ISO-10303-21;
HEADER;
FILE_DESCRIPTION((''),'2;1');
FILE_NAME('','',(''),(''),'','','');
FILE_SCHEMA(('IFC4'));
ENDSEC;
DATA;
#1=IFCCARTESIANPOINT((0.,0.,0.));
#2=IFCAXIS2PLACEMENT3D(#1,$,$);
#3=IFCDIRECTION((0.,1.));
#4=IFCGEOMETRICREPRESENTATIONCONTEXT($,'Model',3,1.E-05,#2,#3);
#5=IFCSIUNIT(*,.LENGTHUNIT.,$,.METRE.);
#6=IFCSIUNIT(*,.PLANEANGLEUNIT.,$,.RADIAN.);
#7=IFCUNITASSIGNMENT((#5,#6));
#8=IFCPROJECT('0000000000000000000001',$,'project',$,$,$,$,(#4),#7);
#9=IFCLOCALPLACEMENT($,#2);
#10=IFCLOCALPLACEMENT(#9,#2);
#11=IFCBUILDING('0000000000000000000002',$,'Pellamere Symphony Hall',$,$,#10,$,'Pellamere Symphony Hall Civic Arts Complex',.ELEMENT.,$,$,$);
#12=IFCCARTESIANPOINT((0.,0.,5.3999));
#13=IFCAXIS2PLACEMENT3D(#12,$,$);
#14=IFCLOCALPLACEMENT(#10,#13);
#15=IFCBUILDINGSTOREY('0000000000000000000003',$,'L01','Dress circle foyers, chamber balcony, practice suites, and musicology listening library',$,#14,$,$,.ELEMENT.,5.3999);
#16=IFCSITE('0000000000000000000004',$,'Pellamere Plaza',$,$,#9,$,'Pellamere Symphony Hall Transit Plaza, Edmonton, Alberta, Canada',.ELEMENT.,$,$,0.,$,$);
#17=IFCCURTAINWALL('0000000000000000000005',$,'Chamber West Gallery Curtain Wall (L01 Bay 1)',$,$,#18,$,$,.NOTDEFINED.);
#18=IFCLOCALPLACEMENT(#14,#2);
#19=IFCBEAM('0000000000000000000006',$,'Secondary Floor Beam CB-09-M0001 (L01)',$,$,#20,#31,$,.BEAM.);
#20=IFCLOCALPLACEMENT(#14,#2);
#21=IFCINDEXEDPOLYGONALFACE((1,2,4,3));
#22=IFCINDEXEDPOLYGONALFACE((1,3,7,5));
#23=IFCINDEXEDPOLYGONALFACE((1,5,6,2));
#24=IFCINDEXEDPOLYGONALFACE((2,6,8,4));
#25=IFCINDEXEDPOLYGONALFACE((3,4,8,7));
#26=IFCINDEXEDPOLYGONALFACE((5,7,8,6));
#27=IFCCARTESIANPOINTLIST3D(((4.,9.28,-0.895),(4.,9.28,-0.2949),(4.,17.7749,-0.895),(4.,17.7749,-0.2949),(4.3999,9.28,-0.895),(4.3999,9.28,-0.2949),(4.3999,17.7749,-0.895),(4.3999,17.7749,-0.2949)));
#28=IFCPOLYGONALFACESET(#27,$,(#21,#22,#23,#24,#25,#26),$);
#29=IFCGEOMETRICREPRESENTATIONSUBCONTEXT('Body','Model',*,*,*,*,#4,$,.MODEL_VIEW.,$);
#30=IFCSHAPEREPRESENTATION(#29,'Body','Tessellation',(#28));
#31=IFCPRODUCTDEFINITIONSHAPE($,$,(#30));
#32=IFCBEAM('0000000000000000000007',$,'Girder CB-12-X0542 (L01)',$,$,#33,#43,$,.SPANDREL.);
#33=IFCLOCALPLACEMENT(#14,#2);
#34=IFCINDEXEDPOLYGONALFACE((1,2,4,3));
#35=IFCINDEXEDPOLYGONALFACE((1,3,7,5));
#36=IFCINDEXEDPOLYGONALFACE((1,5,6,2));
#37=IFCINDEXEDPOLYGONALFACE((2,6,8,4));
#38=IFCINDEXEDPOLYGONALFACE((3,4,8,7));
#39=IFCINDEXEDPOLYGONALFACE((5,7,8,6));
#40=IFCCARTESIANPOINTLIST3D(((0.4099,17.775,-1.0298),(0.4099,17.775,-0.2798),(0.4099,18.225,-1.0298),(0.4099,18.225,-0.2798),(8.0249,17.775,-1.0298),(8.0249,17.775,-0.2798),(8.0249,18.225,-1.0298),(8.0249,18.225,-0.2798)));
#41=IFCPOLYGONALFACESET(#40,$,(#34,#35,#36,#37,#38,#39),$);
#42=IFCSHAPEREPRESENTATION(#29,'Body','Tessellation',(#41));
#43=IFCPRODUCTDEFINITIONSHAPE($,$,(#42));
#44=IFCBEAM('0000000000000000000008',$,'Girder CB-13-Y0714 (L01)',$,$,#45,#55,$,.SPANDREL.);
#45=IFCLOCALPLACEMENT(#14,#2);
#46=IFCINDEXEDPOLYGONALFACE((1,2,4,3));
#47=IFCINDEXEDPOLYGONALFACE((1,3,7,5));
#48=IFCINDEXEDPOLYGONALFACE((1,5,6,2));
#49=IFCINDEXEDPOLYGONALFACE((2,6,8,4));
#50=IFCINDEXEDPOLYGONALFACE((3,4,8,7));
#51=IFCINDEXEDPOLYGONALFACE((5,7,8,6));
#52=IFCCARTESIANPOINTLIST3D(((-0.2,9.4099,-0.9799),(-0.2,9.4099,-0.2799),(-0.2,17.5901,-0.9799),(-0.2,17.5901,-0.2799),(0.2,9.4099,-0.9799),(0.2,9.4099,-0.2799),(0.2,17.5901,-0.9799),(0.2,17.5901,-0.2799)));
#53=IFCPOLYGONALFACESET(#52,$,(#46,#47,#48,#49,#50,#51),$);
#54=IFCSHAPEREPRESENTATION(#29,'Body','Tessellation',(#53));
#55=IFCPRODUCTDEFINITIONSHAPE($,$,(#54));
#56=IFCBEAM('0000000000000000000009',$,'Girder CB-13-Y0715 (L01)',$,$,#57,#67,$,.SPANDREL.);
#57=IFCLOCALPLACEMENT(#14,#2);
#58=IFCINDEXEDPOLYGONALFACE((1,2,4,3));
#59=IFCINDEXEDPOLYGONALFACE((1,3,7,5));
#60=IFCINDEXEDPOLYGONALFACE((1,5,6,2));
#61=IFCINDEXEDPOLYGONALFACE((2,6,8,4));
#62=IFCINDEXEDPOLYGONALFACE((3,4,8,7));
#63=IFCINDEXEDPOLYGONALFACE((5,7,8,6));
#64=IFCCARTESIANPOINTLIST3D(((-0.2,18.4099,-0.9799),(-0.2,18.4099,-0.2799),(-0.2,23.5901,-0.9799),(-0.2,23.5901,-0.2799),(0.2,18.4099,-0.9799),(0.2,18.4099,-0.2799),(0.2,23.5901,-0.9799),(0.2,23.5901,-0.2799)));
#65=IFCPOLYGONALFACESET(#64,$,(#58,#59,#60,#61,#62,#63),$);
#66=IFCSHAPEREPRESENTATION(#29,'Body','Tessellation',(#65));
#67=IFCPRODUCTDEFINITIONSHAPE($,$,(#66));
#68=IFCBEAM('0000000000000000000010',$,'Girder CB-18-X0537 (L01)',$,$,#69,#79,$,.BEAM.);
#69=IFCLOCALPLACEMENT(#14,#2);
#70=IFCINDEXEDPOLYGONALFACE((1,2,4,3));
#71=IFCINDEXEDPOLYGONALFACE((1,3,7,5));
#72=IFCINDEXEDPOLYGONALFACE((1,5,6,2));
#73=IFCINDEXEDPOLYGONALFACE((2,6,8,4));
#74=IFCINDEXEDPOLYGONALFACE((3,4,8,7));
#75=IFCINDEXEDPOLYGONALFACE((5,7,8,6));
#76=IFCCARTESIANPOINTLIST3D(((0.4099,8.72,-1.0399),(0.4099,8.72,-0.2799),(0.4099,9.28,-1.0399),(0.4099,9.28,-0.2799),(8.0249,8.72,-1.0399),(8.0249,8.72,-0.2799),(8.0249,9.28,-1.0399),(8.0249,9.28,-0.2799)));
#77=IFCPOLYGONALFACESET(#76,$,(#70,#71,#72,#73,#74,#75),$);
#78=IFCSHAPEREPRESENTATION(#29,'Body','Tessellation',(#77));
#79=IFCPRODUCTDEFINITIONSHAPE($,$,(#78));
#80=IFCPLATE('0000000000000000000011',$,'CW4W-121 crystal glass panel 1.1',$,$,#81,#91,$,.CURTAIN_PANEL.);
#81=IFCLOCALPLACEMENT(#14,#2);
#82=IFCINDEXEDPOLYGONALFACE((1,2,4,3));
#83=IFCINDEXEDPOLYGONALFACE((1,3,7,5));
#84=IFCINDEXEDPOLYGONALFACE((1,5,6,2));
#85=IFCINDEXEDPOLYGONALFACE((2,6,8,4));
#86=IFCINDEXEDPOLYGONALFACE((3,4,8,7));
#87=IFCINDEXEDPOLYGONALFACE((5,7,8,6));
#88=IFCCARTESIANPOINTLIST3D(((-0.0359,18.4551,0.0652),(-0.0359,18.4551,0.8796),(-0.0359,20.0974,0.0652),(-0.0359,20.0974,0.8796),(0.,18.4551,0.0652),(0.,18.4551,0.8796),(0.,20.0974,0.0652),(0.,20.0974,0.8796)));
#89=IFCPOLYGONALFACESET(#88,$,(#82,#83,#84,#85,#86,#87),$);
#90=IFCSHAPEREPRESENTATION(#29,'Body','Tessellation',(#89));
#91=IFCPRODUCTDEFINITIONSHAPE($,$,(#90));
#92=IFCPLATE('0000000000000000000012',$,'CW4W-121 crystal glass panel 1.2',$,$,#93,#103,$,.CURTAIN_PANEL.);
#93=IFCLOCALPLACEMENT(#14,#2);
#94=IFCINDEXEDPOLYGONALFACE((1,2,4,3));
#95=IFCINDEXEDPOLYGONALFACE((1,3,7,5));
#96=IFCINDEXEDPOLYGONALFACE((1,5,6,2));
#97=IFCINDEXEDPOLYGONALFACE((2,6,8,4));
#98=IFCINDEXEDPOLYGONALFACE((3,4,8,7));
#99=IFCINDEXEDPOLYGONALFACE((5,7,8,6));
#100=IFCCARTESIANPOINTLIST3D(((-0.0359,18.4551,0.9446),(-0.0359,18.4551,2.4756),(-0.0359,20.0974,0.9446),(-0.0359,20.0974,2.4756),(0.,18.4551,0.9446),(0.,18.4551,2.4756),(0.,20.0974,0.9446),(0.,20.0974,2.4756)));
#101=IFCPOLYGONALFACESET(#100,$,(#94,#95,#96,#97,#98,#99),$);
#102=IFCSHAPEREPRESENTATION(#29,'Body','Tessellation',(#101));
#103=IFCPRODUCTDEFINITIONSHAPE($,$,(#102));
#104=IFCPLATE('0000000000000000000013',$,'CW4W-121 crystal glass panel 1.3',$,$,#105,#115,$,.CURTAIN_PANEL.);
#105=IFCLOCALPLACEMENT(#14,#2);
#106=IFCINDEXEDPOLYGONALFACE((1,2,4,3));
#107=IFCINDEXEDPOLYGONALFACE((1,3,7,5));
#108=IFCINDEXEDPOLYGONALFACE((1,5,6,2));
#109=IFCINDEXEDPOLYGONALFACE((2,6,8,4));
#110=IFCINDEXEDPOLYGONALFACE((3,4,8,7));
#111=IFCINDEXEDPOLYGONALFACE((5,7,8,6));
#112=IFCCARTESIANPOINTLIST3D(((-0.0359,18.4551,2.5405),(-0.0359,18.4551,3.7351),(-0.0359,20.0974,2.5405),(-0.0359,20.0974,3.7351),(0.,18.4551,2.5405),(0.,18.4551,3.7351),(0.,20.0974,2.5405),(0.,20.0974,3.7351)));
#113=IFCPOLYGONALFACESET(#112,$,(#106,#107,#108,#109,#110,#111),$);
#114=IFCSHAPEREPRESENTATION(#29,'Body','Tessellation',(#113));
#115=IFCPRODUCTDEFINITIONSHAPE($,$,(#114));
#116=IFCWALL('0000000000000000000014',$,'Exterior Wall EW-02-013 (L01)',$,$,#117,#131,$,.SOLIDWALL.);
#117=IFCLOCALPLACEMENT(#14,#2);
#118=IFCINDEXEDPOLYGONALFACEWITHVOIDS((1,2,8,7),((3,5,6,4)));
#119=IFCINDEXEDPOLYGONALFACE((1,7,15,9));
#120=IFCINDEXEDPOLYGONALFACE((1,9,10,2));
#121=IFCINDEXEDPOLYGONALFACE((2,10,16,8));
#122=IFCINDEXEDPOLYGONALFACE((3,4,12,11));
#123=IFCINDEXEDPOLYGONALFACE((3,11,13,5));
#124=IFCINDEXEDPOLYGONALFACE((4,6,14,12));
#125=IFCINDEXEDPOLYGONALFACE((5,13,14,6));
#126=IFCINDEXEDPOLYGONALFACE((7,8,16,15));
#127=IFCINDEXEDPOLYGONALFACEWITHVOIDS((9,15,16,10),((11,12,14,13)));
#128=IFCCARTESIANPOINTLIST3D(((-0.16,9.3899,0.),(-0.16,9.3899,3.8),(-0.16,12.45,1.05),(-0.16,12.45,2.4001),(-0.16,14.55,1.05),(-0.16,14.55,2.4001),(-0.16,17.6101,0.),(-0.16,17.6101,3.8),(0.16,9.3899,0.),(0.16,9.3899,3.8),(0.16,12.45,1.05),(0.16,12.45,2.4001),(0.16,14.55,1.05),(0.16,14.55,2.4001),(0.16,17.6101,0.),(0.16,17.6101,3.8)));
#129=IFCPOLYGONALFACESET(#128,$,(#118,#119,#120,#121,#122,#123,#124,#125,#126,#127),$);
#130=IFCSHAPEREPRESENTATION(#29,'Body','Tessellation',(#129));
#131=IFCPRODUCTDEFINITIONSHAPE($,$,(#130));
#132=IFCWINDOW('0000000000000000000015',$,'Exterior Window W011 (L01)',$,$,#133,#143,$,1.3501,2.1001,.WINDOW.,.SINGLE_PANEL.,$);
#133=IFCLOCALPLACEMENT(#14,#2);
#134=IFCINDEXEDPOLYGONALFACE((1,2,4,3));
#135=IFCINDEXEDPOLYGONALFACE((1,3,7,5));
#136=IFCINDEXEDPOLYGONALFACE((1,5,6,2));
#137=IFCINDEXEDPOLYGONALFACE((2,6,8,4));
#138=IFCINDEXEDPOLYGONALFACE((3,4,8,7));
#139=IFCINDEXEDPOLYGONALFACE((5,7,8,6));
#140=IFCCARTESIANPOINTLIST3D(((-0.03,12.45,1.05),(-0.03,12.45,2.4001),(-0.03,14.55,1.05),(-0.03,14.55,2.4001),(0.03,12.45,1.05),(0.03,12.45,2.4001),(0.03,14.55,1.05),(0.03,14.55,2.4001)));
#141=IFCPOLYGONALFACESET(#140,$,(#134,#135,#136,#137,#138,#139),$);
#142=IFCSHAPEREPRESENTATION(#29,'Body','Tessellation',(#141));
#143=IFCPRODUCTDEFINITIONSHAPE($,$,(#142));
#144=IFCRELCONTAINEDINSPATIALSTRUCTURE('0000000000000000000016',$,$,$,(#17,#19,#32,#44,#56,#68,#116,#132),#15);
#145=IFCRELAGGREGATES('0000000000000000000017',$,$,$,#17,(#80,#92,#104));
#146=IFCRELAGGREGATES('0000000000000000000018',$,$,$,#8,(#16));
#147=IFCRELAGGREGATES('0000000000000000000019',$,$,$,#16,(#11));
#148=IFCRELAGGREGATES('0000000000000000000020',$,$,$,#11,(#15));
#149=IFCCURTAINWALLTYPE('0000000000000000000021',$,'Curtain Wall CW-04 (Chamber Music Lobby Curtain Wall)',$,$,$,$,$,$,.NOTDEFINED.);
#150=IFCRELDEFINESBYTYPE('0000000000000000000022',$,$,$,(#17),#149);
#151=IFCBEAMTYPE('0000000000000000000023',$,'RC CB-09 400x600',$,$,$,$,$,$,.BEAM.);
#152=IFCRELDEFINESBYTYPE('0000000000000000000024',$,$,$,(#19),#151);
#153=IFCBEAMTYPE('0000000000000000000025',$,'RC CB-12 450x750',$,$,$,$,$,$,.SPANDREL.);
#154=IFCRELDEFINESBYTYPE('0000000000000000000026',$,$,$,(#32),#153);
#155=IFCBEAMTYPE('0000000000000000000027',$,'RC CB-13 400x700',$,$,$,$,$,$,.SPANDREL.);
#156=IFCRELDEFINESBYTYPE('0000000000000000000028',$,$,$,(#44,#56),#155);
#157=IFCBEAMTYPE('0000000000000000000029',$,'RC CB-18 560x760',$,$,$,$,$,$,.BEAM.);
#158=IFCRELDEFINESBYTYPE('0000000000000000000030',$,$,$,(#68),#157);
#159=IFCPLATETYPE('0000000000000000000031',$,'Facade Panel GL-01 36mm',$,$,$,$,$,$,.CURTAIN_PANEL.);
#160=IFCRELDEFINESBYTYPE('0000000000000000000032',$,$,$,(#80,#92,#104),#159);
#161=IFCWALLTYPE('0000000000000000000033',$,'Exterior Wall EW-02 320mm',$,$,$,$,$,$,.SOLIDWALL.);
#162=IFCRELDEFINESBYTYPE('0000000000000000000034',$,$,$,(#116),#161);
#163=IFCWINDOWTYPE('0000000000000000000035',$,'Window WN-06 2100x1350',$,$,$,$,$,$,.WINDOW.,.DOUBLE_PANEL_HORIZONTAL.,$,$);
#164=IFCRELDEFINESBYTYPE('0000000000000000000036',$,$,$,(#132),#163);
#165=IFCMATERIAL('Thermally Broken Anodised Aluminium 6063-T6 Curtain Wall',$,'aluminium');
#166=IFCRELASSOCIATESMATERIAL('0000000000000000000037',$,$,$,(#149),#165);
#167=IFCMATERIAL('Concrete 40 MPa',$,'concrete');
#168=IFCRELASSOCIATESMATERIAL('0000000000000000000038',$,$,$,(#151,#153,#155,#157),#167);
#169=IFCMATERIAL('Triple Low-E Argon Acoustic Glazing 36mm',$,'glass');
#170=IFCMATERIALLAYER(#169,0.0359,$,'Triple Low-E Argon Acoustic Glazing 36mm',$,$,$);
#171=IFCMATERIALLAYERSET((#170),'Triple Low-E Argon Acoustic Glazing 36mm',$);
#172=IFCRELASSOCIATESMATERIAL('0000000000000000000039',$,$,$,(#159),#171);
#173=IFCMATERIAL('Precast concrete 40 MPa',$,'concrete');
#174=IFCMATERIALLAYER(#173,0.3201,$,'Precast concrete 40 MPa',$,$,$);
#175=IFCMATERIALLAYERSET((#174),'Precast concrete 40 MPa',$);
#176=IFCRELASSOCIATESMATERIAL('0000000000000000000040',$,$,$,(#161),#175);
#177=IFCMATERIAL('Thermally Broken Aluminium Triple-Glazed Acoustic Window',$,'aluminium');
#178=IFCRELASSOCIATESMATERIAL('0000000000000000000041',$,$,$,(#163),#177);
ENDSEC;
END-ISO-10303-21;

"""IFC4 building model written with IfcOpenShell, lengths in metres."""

from ifc_helpers import new_model, si_unit, direction, frame, frame_2d, origin, origin_2d, place, context, subcontext, project, spatial, polyline, rectangle, outline, extrude, material, layer, layer_set, material_profile, profile_set, type_object, element, fill, aggregate, save


model = new_model("IFC4")

# Units and contexts
model_context = context("Model", 3, precision=1e-05, world=origin(), true_north=direction((0.0, 1.0)))
body_context = subcontext(model_context, "Body", "Model", "MODEL_VIEW")
ifc_project = project(units=[si_unit("LENGTHUNIT", "METRE"), si_unit("PLANEANGLEUNIT", "RADIAN")], contexts=[model_context])

# Site, building, storey
site_placement = place(None, origin())
site = spatial("IfcSite", under=ifc_project, at=site_placement, Name="Pellamere Plaza", LongName="Pellamere Symphony Hall Transit Plaza, Edmonton, Alberta, Canada", CompositionType="ELEMENT", RefElevation=0.0)
building_placement = place(site_placement, origin())
building = spatial("IfcBuilding", under=site, at=building_placement, Name="Pellamere Symphony Hall", LongName="Pellamere Symphony Hall Civic Arts Complex", CompositionType="ELEMENT")
storey_placement = place(building_placement, frame((0.0, 0.0, 5.3999)))
storey = spatial("IfcBuildingStorey", under=building, at=storey_placement, Name="L01", Description="Dress circle foyers, chamber balcony, practice suites, and musicology listening library", CompositionType="ELEMENT", Elevation=5.3999)

# Shared definitions
ifc_material_1 = material(Name="Concrete 40 MPa", Category="concrete")

# Curtain wall
ifc_material_2 = material(Name="Thermally Broken Anodised Aluminium 6063-T6 Curtain Wall", Category="aluminium")
curtain_wall_type = type_object("IfcCurtainWallType", Name="Curtain Wall CW-04 (Chamber Music Lobby Curtain Wall)", PredefinedType="NOTDEFINED", material=ifc_material_2)
curtain_wall_placement = place(storey_placement, origin())
curtain_wall = element("IfcCurtainWall", 1, at=curtain_wall_placement, inside=storey, type_object=curtain_wall_type, Name="Chamber West Gallery Curtain Wall (L01 Bay 1)", PredefinedType="NOTDEFINED")

# Beams
ifc_material_profile_1 = material_profile(ifc_material_1, rectangle(XDim=0.3999, YDim=0.6001, at=origin_2d()), Name="RC 400x600")
ifc_profile_set_1 = profile_set([ifc_material_profile_1], Name="Concrete 40 MPa")
beam_type_1 = type_object("IfcBeamType", Name="RC CB-09 400x600", PredefinedType="BEAM", material=ifc_profile_set_1)
beam_1_placement = place(storey_placement, frame((4.2, 9.28, -0.595), z_axis=(0.0, 1.0, 0.0), x_axis=(-1.0, 0.0, 0.0)))
element("IfcBeam", 2, at=beam_1_placement, inside=storey, type_object=beam_type_1, Name="Secondary Floor Beam CB-09-M0001 (L01)", PredefinedType="BEAM", context=body_context, shape_type="SweptSolid", body=[
    extrude(rectangle(XDim=0.3999, YDim=0.6001, at=origin_2d()), origin(), (0.0, 0.0, 1.0), 8.4949),
])
ifc_material_profile_2 = material_profile(ifc_material_1, rectangle(XDim=0.45, YDim=0.75, at=origin_2d()), Name="RC 450x750")
ifc_profile_set_2 = profile_set([ifc_material_profile_2], Name="Concrete 40 MPa")
beam_type_2 = type_object("IfcBeamType", Name="RC CB-12 450x750", PredefinedType="SPANDREL", material=ifc_profile_set_2)
beam_2_placement = place(storey_placement, frame((0.4099, 18.0, -0.6548), z_axis=(1.0, 0.0, 0.0), x_axis=(0.0, 1.0, 0.0)))
element("IfcBeam", 3, at=beam_2_placement, inside=storey, type_object=beam_type_2, Name="Girder CB-12-X0542 (L01)", PredefinedType="SPANDREL", context=body_context, shape_type="SweptSolid", body=[
    extrude(rectangle(XDim=0.45, YDim=0.75, at=origin_2d()), origin(), (0.0, 0.0, 1.0), 7.615),
])
ifc_material_profile_3 = material_profile(ifc_material_1, rectangle(XDim=0.3999, YDim=0.7, at=origin_2d()), Name="RC 400x700")
ifc_profile_set_3 = profile_set([ifc_material_profile_3], Name="Concrete 40 MPa")
beam_type_3 = type_object("IfcBeamType", Name="RC CB-13 400x700", PredefinedType="SPANDREL", material=ifc_profile_set_3)
beam_3_placement = place(storey_placement, frame((0.0, 9.4099, -0.6299), z_axis=(0.0, 1.0, 0.0), x_axis=(-1.0, 0.0, 0.0)))
element("IfcBeam", 4, at=beam_3_placement, inside=storey, type_object=beam_type_3, Name="Girder CB-13-Y0714 (L01)", PredefinedType="SPANDREL", context=body_context, shape_type="SweptSolid", body=[
    extrude(rectangle(XDim=0.3999, YDim=0.7, at=origin_2d()), origin(), (0.0, 0.0, 1.0), 8.1802),
])
beam_4_placement = place(storey_placement, frame((0.0, 18.4099, -0.6299), z_axis=(0.0, 1.0, 0.0), x_axis=(-1.0, 0.0, 0.0)))
element("IfcBeam", 5, at=beam_4_placement, inside=storey, type_object=beam_type_3, Name="Girder CB-13-Y0715 (L01)", PredefinedType="SPANDREL", context=body_context, shape_type="SweptSolid", body=[
    extrude(rectangle(XDim=0.3999, YDim=0.7, at=origin_2d()), origin(), (0.0, 0.0, 1.0), 5.1802),
])
ifc_material_profile_4 = material_profile(ifc_material_1, rectangle(XDim=0.5601, YDim=0.76, at=origin_2d()), Name="RC 560x760")
ifc_profile_set_4 = profile_set([ifc_material_profile_4], Name="Concrete 40 MPa")
beam_type_4 = type_object("IfcBeamType", Name="RC CB-18 560x760", PredefinedType="BEAM", material=ifc_profile_set_4)
beam_5_placement = place(storey_placement, frame((0.4099, 9.0, -0.6599), z_axis=(1.0, 0.0, 0.0), x_axis=(0.0, 1.0, 0.0)))
element("IfcBeam", 6, at=beam_5_placement, inside=storey, type_object=beam_type_4, Name="Girder CB-18-X0537 (L01)", PredefinedType="BEAM", context=body_context, shape_type="SweptSolid", body=[
    extrude(rectangle(XDim=0.5601, YDim=0.76, at=origin_2d()), origin(), (0.0, 0.0, 1.0), 7.615),
])

# Plates
ifc_material_3 = material(Name="Triple Low-E Argon Acoustic Glazing 36mm", Category="glass")
ifc_layer_1 = layer(ifc_material_3, 0.0359, Name="Triple Low-E Argon Acoustic Glazing 36mm")
ifc_layer_set_1 = layer_set([ifc_layer_1], Name="Triple Low-E Argon Acoustic Glazing 36mm")
plate_type = type_object("IfcPlateType", Name="Facade Panel GL-01 36mm", PredefinedType="CURTAIN_PANEL", material=ifc_layer_set_1)
plate_1_placement = place(storey_placement, frame((0.0, 18.4551, 0.0652), z_axis=(1.0, 0.0, 0.0), x_axis=(0.0, 1.0, 0.0)))
plate_1 = element("IfcPlate", 7, at=plate_1_placement, type_object=plate_type, Name="CW4W-121 crystal glass panel 1.1", PredefinedType="CURTAIN_PANEL", context=body_context, shape_type="SweptSolid", body=[
    extrude(outline(polyline([(0.0, 0.0), (1.6423, 0.0), (1.6423, 0.8145), (0.0, 0.8145), (0.0, 0.0)])), origin(), (0.0, 0.0, -1.0), 0.0359),
])
plate_2_placement = place(storey_placement, frame((0.0, 18.4551, 0.9446), z_axis=(1.0, 0.0, 0.0), x_axis=(0.0, 1.0, 0.0)))
plate_2 = element("IfcPlate", 8, at=plate_2_placement, type_object=plate_type, Name="CW4W-121 crystal glass panel 1.2", PredefinedType="CURTAIN_PANEL", context=body_context, shape_type="SweptSolid", body=[
    extrude(outline(polyline([(0.0, 0.0), (1.6423, 0.0), (1.6423, 1.531), (0.0, 1.531), (0.0, 0.0)])), origin(), (0.0, 0.0, -1.0), 0.0359),
])
plate_3_placement = place(storey_placement, frame((0.0, 18.4551, 2.5405), z_axis=(1.0, 0.0, 0.0), x_axis=(0.0, 1.0, 0.0)))
plate_3 = element("IfcPlate", 9, at=plate_3_placement, type_object=plate_type, Name="CW4W-121 crystal glass panel 1.3", PredefinedType="CURTAIN_PANEL", context=body_context, shape_type="SweptSolid", body=[
    extrude(outline(polyline([(0.0, 0.0), (1.6423, 0.0), (1.6423, 1.1946), (0.0, 1.1946), (0.0, 0.0)])), origin(), (0.0, 0.0, -1.0), 0.0359),
])
aggregate(curtain_wall, [plate_1, plate_2, plate_3])

# Wall, opening, window
ifc_material_4 = material(Name="Precast concrete 40 MPa", Category="concrete")
ifc_layer_2 = layer(ifc_material_4, 0.3201, Name="Precast concrete 40 MPa")
ifc_layer_set_2 = layer_set([ifc_layer_2], Name="Precast concrete 40 MPa")
wall_type = type_object("IfcWallType", Name="Exterior Wall EW-02 320mm", PredefinedType="SOLIDWALL", material=ifc_layer_set_2)
wall_placement = place(storey_placement, frame((0.0, 9.3899, 0.0), z_axis=(0.0, 0.0, 1.0), x_axis=(0.0, 1.0, 0.0)))
wall = element("IfcWall", 10, at=wall_placement, inside=storey, type_object=wall_type, Name="Exterior Wall EW-02-013 (L01)", PredefinedType="SOLIDWALL", context=body_context, shape_type="SweptSolid", body=[
    extrude(rectangle(XDim=8.2202, YDim=0.3201, at=frame_2d((4.1101, 0.0))), origin(), (0.0, 0.0, 1.0), 3.8),
])
opening_placement = place(wall_placement, frame((3.0601, 0.0, 1.05)))
opening = element("IfcOpeningElement", 11, at=opening_placement, cuts=wall, PredefinedType="OPENING", context=body_context, shape_type="SweptSolid", body=[
    extrude(rectangle(XDim=2.1001, YDim=1.3501, at=frame_2d((1.05, 0.675))), frame((0.0, 0.1699, 0.0), z_axis=(0.0, -1.0, 0.0), x_axis=(1.0, 0.0, 0.0)), (0.0, 0.0, 1.0), 0.3401),
])
ifc_material_5 = material(Name="Thermally Broken Aluminium Triple-Glazed Acoustic Window", Category="aluminium")
window_type = type_object("IfcWindowType", Name="Window WN-06 2100x1350", PartitioningType="DOUBLE_PANEL_HORIZONTAL", PredefinedType="WINDOW", material=ifc_material_5)
window_placement = place(opening_placement, origin())
window = element("IfcWindow", 12, at=window_placement, inside=storey, type_object=window_type, Name="Exterior Window W011 (L01)", OverallHeight=1.3501, OverallWidth=2.1001, PartitioningType="SINGLE_PANEL", PredefinedType="WINDOW", context=body_context, shape_type="SweptSolid", body=[
    extrude(rectangle(XDim=2.1001, YDim=1.3501, at=frame_2d((1.05, 0.675))), frame((0.0, 0.03, 0.0), z_axis=(0.0, -1.0, 0.0), x_axis=(1.0, 0.0, 0.0)), (0.0, 0.0, 1.0), 0.0601),
])
fill(opening, window)

save(model, "model.ifc")
